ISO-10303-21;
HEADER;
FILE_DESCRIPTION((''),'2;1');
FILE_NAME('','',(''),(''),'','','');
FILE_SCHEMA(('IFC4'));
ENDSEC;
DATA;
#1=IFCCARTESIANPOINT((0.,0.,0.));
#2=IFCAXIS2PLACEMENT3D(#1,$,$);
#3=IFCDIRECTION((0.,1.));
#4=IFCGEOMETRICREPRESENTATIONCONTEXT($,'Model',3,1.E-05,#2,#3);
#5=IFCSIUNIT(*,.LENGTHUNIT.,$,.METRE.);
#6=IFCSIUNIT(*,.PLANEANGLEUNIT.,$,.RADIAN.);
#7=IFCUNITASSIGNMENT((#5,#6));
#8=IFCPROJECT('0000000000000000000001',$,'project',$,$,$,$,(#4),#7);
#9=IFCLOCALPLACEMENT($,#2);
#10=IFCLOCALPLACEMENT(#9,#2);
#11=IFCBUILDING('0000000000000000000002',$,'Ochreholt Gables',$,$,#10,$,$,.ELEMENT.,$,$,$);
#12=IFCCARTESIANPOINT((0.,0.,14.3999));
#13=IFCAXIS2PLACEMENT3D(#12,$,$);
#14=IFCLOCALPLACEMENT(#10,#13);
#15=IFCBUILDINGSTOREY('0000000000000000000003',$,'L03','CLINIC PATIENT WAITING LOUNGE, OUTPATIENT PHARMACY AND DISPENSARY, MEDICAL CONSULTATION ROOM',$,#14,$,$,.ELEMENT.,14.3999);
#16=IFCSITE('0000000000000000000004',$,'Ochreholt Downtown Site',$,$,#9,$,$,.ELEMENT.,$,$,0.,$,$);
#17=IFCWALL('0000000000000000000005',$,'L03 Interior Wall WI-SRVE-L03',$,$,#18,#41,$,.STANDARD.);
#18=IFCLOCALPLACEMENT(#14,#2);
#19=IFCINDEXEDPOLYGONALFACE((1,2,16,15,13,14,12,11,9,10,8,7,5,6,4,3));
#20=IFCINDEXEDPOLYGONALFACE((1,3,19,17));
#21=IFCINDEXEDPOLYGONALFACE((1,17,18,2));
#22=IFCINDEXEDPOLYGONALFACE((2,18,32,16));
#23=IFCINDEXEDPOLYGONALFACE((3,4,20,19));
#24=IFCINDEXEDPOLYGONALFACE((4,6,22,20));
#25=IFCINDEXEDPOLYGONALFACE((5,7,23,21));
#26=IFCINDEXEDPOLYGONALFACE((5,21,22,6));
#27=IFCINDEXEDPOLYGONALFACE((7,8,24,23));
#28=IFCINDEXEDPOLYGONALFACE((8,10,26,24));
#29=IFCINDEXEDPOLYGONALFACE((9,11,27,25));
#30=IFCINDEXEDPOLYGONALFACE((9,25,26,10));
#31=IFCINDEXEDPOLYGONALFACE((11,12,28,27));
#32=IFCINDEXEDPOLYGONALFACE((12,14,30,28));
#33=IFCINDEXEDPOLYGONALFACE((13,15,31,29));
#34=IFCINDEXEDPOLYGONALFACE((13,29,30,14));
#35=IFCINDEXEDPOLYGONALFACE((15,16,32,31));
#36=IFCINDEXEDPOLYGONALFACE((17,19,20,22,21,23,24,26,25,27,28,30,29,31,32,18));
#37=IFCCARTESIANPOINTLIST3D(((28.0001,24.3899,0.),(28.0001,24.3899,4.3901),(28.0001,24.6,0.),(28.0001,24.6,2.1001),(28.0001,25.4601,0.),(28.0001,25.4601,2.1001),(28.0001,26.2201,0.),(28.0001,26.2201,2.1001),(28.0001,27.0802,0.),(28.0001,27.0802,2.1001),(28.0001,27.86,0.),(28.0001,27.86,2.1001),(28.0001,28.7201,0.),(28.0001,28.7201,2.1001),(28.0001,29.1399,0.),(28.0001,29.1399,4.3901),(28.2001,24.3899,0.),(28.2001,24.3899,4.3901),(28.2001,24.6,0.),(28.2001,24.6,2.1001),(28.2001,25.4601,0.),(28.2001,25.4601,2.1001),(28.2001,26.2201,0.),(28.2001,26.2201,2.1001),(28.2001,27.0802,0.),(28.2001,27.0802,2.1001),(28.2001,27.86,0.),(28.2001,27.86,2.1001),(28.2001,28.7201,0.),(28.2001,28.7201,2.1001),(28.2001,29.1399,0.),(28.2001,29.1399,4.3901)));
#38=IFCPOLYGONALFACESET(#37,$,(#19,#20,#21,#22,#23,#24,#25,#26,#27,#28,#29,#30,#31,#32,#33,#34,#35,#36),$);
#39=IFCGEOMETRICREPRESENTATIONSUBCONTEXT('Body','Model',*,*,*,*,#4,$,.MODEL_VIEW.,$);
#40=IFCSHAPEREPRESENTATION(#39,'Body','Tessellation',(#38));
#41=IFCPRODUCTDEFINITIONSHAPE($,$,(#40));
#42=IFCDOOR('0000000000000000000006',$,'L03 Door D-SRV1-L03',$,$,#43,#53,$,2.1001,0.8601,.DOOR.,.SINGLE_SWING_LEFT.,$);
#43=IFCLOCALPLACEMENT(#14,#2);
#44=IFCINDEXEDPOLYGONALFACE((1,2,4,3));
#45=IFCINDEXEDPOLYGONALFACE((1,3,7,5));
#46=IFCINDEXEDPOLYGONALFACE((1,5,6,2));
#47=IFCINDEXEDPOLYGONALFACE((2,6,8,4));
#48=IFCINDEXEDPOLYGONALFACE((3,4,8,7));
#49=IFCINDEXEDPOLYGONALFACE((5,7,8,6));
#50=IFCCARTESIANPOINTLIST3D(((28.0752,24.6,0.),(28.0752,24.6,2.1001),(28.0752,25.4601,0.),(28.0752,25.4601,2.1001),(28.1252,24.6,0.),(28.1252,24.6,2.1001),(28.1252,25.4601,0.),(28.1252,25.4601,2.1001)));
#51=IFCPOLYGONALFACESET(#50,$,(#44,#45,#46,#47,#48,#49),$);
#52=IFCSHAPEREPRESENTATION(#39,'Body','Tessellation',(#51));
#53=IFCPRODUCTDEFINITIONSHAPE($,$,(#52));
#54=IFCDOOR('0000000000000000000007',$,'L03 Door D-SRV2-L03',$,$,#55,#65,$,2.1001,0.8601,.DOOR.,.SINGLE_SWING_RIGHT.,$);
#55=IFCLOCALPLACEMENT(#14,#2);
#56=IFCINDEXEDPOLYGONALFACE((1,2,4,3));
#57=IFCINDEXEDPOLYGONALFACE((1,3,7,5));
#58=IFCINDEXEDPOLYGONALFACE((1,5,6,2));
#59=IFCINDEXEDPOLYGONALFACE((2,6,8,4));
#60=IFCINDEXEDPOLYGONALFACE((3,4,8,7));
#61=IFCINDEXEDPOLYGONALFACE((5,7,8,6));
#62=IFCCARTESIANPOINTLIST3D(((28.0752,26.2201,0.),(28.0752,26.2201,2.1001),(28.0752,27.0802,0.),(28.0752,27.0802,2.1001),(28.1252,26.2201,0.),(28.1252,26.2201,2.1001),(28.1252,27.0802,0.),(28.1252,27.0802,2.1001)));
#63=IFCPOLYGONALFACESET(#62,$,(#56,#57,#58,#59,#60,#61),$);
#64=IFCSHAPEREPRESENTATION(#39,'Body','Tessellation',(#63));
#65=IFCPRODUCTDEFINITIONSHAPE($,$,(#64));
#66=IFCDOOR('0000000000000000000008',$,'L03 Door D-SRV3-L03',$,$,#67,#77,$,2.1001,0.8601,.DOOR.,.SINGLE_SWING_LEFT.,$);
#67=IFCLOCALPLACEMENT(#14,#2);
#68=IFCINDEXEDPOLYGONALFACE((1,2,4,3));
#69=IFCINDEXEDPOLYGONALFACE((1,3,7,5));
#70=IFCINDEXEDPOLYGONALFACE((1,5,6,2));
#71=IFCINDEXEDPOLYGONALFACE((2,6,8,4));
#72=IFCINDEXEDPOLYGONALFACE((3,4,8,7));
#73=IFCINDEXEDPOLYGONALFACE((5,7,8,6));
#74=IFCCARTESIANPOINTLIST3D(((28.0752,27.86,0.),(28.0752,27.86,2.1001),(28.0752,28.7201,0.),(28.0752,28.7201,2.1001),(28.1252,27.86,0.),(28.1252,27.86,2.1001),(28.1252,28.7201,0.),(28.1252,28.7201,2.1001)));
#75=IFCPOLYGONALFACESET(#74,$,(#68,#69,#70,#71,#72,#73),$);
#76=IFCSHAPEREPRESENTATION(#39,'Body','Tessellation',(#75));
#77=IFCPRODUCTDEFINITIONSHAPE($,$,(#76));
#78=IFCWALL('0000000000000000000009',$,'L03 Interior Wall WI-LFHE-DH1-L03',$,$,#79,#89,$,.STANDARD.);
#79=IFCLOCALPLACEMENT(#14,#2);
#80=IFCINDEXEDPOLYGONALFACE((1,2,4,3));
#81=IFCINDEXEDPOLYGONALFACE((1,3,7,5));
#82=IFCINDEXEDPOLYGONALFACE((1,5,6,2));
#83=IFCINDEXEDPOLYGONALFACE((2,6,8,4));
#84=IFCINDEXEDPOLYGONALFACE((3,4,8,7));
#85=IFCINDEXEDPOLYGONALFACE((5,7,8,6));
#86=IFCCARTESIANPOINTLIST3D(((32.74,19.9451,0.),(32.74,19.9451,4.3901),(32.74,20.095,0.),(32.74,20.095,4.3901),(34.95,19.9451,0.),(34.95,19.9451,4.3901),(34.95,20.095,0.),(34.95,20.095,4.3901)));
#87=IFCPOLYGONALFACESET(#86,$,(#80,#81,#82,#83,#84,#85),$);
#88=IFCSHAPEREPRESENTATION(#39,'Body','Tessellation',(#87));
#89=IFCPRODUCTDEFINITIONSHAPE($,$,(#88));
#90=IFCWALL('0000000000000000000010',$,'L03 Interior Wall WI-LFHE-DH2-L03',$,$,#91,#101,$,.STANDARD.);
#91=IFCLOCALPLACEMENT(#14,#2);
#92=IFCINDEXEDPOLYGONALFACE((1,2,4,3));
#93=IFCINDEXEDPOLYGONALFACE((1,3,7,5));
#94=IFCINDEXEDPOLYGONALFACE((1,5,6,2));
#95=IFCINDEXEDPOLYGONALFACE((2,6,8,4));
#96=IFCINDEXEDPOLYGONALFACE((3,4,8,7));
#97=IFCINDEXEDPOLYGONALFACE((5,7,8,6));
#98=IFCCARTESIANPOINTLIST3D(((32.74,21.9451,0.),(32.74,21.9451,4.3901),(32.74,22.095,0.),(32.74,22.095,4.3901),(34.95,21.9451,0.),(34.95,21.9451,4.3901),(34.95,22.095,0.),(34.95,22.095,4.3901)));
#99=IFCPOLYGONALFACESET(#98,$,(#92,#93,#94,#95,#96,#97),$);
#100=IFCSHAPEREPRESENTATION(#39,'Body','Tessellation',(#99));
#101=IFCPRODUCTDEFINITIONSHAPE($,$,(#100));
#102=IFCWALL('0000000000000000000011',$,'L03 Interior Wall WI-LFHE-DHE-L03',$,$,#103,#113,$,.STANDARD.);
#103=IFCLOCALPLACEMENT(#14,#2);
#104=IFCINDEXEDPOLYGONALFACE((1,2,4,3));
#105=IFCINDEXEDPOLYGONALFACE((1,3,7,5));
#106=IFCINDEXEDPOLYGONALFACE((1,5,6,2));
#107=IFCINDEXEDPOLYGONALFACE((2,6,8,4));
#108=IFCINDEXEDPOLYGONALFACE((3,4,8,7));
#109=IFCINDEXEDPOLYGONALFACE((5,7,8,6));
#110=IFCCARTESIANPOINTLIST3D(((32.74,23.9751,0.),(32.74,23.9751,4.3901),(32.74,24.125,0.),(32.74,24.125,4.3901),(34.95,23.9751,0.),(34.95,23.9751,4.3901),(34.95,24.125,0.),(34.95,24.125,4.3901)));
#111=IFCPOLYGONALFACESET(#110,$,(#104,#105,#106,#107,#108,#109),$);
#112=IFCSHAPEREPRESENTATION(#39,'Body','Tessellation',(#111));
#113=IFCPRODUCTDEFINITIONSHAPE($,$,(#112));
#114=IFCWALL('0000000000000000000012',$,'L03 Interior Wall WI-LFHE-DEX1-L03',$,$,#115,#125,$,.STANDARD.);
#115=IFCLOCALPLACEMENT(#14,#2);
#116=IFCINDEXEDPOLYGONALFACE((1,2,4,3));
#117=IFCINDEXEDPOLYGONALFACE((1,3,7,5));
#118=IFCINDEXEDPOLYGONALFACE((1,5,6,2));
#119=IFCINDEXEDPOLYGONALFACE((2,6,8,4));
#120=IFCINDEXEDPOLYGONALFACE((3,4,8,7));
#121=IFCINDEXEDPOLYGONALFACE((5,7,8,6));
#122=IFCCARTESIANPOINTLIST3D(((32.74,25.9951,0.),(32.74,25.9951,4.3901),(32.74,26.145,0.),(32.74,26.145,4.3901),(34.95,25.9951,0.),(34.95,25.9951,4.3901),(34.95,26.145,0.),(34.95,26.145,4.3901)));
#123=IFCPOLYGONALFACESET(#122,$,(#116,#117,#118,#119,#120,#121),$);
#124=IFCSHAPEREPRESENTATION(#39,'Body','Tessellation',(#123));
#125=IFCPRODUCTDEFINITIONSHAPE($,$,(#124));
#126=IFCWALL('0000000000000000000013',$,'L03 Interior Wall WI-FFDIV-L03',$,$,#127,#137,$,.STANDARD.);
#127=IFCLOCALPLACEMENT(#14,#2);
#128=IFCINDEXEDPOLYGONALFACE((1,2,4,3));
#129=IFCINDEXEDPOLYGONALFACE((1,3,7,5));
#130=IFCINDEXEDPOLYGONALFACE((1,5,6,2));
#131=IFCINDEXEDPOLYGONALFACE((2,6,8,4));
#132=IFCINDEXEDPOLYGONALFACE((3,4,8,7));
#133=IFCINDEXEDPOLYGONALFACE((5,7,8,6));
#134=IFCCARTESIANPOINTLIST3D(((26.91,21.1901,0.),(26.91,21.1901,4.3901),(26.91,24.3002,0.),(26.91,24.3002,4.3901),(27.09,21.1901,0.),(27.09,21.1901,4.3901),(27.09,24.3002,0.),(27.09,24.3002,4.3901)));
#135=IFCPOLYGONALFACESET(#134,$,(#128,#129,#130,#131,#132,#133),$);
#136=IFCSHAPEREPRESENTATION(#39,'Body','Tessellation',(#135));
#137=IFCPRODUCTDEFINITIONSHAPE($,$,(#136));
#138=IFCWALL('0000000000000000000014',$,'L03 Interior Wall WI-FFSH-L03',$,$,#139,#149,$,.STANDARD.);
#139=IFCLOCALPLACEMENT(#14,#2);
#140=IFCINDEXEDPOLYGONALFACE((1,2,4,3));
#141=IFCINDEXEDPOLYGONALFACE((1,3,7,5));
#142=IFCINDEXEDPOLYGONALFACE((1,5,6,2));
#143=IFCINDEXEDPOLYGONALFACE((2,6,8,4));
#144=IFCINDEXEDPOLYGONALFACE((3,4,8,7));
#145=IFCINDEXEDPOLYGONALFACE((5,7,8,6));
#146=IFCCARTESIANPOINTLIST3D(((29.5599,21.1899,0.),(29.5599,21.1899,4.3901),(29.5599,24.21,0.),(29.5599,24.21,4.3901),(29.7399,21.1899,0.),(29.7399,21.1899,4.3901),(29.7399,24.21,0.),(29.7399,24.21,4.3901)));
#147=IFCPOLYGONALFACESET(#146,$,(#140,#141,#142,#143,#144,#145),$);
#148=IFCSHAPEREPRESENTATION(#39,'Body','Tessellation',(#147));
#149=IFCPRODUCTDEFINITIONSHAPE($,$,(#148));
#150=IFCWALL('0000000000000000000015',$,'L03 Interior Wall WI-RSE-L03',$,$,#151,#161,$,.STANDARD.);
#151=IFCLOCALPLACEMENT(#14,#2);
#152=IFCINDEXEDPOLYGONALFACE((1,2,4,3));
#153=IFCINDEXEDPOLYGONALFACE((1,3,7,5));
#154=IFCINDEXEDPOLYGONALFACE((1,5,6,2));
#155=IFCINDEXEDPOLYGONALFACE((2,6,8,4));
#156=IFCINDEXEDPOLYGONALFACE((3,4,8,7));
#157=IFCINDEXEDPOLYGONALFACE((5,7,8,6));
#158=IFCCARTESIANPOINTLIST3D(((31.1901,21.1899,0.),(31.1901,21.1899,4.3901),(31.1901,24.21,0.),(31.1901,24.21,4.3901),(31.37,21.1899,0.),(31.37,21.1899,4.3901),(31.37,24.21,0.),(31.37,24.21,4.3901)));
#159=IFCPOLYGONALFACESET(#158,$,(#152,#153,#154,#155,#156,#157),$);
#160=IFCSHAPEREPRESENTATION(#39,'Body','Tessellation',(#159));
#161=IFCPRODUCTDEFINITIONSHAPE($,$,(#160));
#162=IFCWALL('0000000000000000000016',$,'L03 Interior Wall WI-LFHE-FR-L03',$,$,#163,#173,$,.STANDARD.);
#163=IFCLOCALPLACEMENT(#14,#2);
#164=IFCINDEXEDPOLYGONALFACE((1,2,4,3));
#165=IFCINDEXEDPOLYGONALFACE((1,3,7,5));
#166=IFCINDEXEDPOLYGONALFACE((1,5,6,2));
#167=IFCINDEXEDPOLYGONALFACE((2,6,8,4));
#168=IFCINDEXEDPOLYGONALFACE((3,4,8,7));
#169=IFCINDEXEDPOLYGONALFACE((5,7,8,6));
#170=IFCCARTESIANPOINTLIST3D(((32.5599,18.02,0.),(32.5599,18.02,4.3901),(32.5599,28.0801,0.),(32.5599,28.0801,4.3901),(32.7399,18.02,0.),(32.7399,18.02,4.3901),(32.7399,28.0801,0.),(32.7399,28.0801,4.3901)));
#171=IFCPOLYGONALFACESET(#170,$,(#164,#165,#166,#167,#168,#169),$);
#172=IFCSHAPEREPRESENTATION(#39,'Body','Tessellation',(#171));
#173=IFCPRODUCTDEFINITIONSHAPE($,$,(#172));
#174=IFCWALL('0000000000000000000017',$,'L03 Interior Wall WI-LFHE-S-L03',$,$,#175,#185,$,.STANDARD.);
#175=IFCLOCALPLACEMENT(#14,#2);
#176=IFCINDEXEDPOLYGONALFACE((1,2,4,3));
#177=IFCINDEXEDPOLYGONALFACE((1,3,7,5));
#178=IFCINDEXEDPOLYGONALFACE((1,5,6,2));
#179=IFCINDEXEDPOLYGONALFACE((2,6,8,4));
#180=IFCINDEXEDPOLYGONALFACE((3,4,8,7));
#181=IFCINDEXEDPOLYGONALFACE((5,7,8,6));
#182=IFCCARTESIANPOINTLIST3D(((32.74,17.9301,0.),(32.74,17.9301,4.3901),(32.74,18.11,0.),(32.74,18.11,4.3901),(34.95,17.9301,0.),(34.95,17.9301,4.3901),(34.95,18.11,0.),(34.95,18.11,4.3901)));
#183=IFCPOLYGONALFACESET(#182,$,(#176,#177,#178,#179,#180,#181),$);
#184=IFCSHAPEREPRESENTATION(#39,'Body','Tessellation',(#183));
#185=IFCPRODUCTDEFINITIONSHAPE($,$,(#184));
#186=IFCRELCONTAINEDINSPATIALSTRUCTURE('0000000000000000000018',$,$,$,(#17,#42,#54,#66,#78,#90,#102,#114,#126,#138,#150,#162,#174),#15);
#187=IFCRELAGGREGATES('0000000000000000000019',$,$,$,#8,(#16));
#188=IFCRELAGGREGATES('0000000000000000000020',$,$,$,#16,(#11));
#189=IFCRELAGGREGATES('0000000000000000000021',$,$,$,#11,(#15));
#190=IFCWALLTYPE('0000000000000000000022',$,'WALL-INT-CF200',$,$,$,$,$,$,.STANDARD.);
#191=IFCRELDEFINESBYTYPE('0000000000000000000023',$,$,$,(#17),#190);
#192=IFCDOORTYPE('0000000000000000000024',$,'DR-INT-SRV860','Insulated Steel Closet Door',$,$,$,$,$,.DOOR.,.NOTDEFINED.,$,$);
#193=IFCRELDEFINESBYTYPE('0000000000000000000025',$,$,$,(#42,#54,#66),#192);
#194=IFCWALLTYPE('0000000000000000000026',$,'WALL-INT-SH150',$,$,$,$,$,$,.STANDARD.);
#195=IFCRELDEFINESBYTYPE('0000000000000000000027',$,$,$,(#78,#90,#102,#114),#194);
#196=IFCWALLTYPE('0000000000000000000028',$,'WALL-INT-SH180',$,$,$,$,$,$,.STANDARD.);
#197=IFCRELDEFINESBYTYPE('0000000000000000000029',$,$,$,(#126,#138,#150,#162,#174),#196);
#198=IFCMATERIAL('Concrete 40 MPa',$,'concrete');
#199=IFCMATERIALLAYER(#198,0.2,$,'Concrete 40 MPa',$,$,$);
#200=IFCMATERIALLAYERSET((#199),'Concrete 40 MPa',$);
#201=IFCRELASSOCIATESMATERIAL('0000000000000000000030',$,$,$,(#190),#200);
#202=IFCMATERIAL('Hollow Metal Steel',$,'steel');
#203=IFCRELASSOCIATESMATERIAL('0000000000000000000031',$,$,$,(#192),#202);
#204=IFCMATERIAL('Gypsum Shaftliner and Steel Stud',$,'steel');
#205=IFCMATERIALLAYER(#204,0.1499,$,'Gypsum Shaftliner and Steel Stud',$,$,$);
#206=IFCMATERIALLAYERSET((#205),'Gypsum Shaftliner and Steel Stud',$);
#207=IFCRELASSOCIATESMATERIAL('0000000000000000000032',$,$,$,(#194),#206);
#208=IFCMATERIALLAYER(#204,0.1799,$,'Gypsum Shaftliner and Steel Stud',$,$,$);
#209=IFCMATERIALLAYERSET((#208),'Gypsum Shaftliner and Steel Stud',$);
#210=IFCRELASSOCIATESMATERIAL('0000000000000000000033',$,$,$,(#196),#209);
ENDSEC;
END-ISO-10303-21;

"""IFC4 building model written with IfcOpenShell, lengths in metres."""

from ifc_helpers import new_model, si_unit, direction, frame, frame_2d, origin, place, context, subcontext, project, spatial, rectangle, extrude, material, layer, layer_set, type_object, element, fill, save


model = new_model("IFC4")

# Units and contexts
model_context = context("Model", 3, precision=1e-05, world=origin(), true_north=direction((0.0, 1.0)))
body_context = subcontext(model_context, "Body", "Model", "MODEL_VIEW")
ifc_project = project(units=[si_unit("LENGTHUNIT", "METRE"), si_unit("PLANEANGLEUNIT", "RADIAN")], contexts=[model_context])

# Site, building, storey
site_placement = place(None, origin())
site = spatial("IfcSite", under=ifc_project, at=site_placement, Name="Ochreholt Downtown Site", CompositionType="ELEMENT", RefElevation=0.0)
building_placement = place(site_placement, origin())
building = spatial("IfcBuilding", under=site, at=building_placement, Name="Ochreholt Gables", CompositionType="ELEMENT")
storey_placement = place(building_placement, frame((0.0, 0.0, 14.3999)))
storey = spatial("IfcBuildingStorey", under=building, at=storey_placement, Name="L03", Description="CLINIC PATIENT WAITING LOUNGE, OUTPATIENT PHARMACY AND DISPENSARY, MEDICAL CONSULTATION ROOM", CompositionType="ELEMENT", Elevation=14.3999)

# Wall, openings, doors
ifc_material_1 = material(Name="Concrete 40 MPa", Category="concrete")
ifc_layer_1 = layer(ifc_material_1, 0.2, Name="Concrete 40 MPa")
ifc_layer_set_1 = layer_set([ifc_layer_1], Name="Concrete 40 MPa")
wall_type_1 = type_object("IfcWallType", Name="WALL-INT-CF200", PredefinedType="STANDARD", material=ifc_layer_set_1)
wall_1_placement = place(storey_placement, frame((28.1001, 24.3899, 0.0), z_axis=(0.0, 0.0, 1.0), x_axis=(0.0, 1.0, 0.0)))
wall_1 = element("IfcWall", 1, at=wall_1_placement, inside=storey, type_object=wall_type_1, Name="L03 Interior Wall WI-SRVE-L03", PredefinedType="STANDARD", context=body_context, shape_type="SweptSolid", body=[
    extrude(rectangle(XDim=4.75, YDim=0.2, at=frame_2d((2.375, 0.0))), origin(), (0.0, 0.0, 1.0), 4.3901),
])
opening_1_placement = place(wall_1_placement, frame((0.21, 0.0, 0.0)))
opening_1 = element("IfcOpeningElement", 2, at=opening_1_placement, cuts=wall_1, PredefinedType="OPENING", context=body_context, shape_type="SweptSolid", body=[
    extrude(rectangle(XDim=0.8601, YDim=2.1001, at=frame_2d((0.4302, 1.05))), frame((0.0, 0.1099, 0.0), z_axis=(0.0, -1.0, 0.0), x_axis=(1.0, 0.0, 0.0)), (0.0, 0.0, 1.0), 0.22),
])
opening_2_placement = place(wall_1_placement, frame((1.8301, 0.0, 0.0)))
opening_2 = element("IfcOpeningElement", 3, at=opening_2_placement, cuts=wall_1, PredefinedType="OPENING", context=body_context, shape_type="SweptSolid", body=[
    extrude(rectangle(XDim=0.8601, YDim=2.1001, at=frame_2d((0.4302, 1.05))), frame((0.0, 0.1099, 0.0), z_axis=(0.0, -1.0, 0.0), x_axis=(1.0, 0.0, 0.0)), (0.0, 0.0, 1.0), 0.22),
])
opening_3_placement = place(wall_1_placement, frame((3.47, 0.0, 0.0)))
opening_3 = element("IfcOpeningElement", 4, at=opening_3_placement, cuts=wall_1, PredefinedType="OPENING", context=body_context, shape_type="SweptSolid", body=[
    extrude(rectangle(XDim=0.8601, YDim=2.1001, at=frame_2d((0.4302, 1.05))), frame((0.0, 0.1099, 0.0), z_axis=(0.0, -1.0, 0.0), x_axis=(1.0, 0.0, 0.0)), (0.0, 0.0, 1.0), 0.22),
])
ifc_material_2 = material(Name="Hollow Metal Steel", Category="steel")
door_type_1 = type_object("IfcDoorType", Name="DR-INT-SRV860", Description="Insulated Steel Closet Door", OperationType="NOTDEFINED", PredefinedType="DOOR", material=ifc_material_2)
door_1_placement = place(opening_1_placement, origin())
door_1 = element("IfcDoor", 5, at=door_1_placement, inside=storey, type_object=door_type_1, Name="L03 Door D-SRV1-L03", OperationType="SINGLE_SWING_LEFT", OverallHeight=2.1001, OverallWidth=0.8601, PredefinedType="DOOR", context=body_context, shape_type="SweptSolid", body=[
    extrude(rectangle(XDim=0.8601, YDim=2.1001, at=frame_2d((0.4302, 1.05))), frame((0.0, 0.0249, 0.0), z_axis=(0.0, -1.0, 0.0), x_axis=(1.0, 0.0, 0.0)), (0.0, 0.0, 1.0), 0.05),
])
fill(opening_1, door_1)
door_2_placement = place(opening_2_placement, origin())
door_2 = element("IfcDoor", 6, at=door_2_placement, inside=storey, type_object=door_type_1, Name="L03 Door D-SRV2-L03", OperationType="SINGLE_SWING_RIGHT", OverallHeight=2.1001, OverallWidth=0.8601, PredefinedType="DOOR", context=body_context, shape_type="SweptSolid", body=[
    extrude(rectangle(XDim=0.8601, YDim=2.1001, at=frame_2d((0.4302, 1.05))), frame((0.0, 0.0249, 0.0), z_axis=(0.0, -1.0, 0.0), x_axis=(1.0, 0.0, 0.0)), (0.0, 0.0, 1.0), 0.05),
])
fill(opening_2, door_2)
door_3_placement = place(opening_3_placement, origin())
door_3 = element("IfcDoor", 7, at=door_3_placement, inside=storey, type_object=door_type_1, Name="L03 Door D-SRV3-L03", OperationType="SINGLE_SWING_LEFT", OverallHeight=2.1001, OverallWidth=0.8601, PredefinedType="DOOR", context=body_context, shape_type="SweptSolid", body=[
    extrude(rectangle(XDim=0.8601, YDim=2.1001, at=frame_2d((0.4302, 1.05))), frame((0.0, 0.0249, 0.0), z_axis=(0.0, -1.0, 0.0), x_axis=(1.0, 0.0, 0.0)), (0.0, 0.0, 1.0), 0.05),
])
fill(opening_3, door_3)

# Walls
ifc_material_3 = material(Name="Gypsum Shaftliner and Steel Stud", Category="steel")
ifc_layer_2 = layer(ifc_material_3, 0.1499, Name="Gypsum Shaftliner and Steel Stud")
ifc_layer_set_2 = layer_set([ifc_layer_2], Name="Gypsum Shaftliner and Steel Stud")
wall_type_2 = type_object("IfcWallType", Name="WALL-INT-SH150", PredefinedType="STANDARD", material=ifc_layer_set_2)
for number, where, z_axis, x_axis, name in (
    (8, (32.74, 20.02, 0.0), (0.0, 0.0, 1.0), (1.0, 0.0, 0.0), "L03 Interior Wall WI-LFHE-DH1-L03"),
    (9, (32.74, 22.02, 0.0), (0.0, 0.0, 1.0), (1.0, 0.0, 0.0), "L03 Interior Wall WI-LFHE-DH2-L03"),
    (10, (32.74, 24.05, 0.0), (0.0, 0.0, 1.0), (1.0, 0.0, 0.0), "L03 Interior Wall WI-LFHE-DHE-L03"),
    (11, (32.74, 26.0701, 0.0), (0.0, 0.0, 1.0), (1.0, 0.0, 0.0), "L03 Interior Wall WI-LFHE-DEX1-L03"),
):
    element("IfcWall", number, at=place(storey_placement, frame(where, z_axis=z_axis, x_axis=x_axis)), inside=storey, type_object=wall_type_2, Name=name, PredefinedType="STANDARD", context=body_context, shape_type="SweptSolid", body=[
        extrude(rectangle(XDim=2.21, YDim=0.1499, at=frame_2d((1.105, 0.0))), origin(), (0.0, 0.0, 1.0), 4.3901),
    ])
ifc_layer_3 = layer(ifc_material_3, 0.1799, Name="Gypsum Shaftliner and Steel Stud")
ifc_layer_set_3 = layer_set([ifc_layer_3], Name="Gypsum Shaftliner and Steel Stud")
wall_type_3 = type_object("IfcWallType", Name="WALL-INT-SH180", PredefinedType="STANDARD", material=ifc_layer_set_3)
wall_2_placement = place(storey_placement, frame((27.0, 21.1899, 0.0), z_axis=(0.0, 0.0, 1.0), x_axis=(0.0, 1.0, 0.0)))
element("IfcWall", 12, at=wall_2_placement, inside=storey, type_object=wall_type_3, Name="L03 Interior Wall WI-FFDIV-L03", PredefinedType="STANDARD", context=body_context, shape_type="SweptSolid", body=[
    extrude(rectangle(XDim=3.1101, YDim=0.1799, at=frame_2d((1.5552, 0.0))), origin(), (0.0, 0.0, 1.0), 4.3901),
])
for number, where, z_axis, x_axis, name in (
    (13, (29.6499, 21.1899, 0.0), (0.0, 0.0, 1.0), (0.0, 1.0, 0.0), "L03 Interior Wall WI-FFSH-L03"),
    (14, (31.28, 21.1899, 0.0), (0.0, 0.0, 1.0), (0.0, 1.0, 0.0), "L03 Interior Wall WI-RSE-L03"),
):
    element("IfcWall", number, at=place(storey_placement, frame(where, z_axis=z_axis, x_axis=x_axis)), inside=storey, type_object=wall_type_3, Name=name, PredefinedType="STANDARD", context=body_context, shape_type="SweptSolid", body=[
        extrude(rectangle(XDim=3.02, YDim=0.1799, at=frame_2d((1.51, 0.0))), origin(), (0.0, 0.0, 1.0), 4.3901),
    ])
wall_3_placement = place(storey_placement, frame((32.6499, 18.02, 0.0), z_axis=(0.0, 0.0, 1.0), x_axis=(0.0, 1.0, 0.0)))
element("IfcWall", 15, at=wall_3_placement, inside=storey, type_object=wall_type_3, Name="L03 Interior Wall WI-LFHE-FR-L03", PredefinedType="STANDARD", context=body_context, shape_type="SweptSolid", body=[
    extrude(rectangle(XDim=10.0601, YDim=0.1799, at=frame_2d((5.03, 0.0))), origin(), (0.0, 0.0, 1.0), 4.3901),
])
for number, where, z_axis, x_axis, name in (
    (16, (32.74, 18.02, 0.0), (0.0, 0.0, 1.0), (1.0, 0.0, 0.0), "L03 Interior Wall WI-LFHE-S-L03"),
):
    element("IfcWall", number, at=place(storey_placement, frame(where, z_axis=z_axis, x_axis=x_axis)), inside=storey, type_object=wall_type_3, Name=name, PredefinedType="STANDARD", context=body_context, shape_type="SweptSolid", body=[
        extrude(rectangle(XDim=2.21, YDim=0.1799, at=frame_2d((1.105, 0.0))), origin(), (0.0, 0.0, 1.0), 4.3901),
    ])

save(model, "model.ifc")
